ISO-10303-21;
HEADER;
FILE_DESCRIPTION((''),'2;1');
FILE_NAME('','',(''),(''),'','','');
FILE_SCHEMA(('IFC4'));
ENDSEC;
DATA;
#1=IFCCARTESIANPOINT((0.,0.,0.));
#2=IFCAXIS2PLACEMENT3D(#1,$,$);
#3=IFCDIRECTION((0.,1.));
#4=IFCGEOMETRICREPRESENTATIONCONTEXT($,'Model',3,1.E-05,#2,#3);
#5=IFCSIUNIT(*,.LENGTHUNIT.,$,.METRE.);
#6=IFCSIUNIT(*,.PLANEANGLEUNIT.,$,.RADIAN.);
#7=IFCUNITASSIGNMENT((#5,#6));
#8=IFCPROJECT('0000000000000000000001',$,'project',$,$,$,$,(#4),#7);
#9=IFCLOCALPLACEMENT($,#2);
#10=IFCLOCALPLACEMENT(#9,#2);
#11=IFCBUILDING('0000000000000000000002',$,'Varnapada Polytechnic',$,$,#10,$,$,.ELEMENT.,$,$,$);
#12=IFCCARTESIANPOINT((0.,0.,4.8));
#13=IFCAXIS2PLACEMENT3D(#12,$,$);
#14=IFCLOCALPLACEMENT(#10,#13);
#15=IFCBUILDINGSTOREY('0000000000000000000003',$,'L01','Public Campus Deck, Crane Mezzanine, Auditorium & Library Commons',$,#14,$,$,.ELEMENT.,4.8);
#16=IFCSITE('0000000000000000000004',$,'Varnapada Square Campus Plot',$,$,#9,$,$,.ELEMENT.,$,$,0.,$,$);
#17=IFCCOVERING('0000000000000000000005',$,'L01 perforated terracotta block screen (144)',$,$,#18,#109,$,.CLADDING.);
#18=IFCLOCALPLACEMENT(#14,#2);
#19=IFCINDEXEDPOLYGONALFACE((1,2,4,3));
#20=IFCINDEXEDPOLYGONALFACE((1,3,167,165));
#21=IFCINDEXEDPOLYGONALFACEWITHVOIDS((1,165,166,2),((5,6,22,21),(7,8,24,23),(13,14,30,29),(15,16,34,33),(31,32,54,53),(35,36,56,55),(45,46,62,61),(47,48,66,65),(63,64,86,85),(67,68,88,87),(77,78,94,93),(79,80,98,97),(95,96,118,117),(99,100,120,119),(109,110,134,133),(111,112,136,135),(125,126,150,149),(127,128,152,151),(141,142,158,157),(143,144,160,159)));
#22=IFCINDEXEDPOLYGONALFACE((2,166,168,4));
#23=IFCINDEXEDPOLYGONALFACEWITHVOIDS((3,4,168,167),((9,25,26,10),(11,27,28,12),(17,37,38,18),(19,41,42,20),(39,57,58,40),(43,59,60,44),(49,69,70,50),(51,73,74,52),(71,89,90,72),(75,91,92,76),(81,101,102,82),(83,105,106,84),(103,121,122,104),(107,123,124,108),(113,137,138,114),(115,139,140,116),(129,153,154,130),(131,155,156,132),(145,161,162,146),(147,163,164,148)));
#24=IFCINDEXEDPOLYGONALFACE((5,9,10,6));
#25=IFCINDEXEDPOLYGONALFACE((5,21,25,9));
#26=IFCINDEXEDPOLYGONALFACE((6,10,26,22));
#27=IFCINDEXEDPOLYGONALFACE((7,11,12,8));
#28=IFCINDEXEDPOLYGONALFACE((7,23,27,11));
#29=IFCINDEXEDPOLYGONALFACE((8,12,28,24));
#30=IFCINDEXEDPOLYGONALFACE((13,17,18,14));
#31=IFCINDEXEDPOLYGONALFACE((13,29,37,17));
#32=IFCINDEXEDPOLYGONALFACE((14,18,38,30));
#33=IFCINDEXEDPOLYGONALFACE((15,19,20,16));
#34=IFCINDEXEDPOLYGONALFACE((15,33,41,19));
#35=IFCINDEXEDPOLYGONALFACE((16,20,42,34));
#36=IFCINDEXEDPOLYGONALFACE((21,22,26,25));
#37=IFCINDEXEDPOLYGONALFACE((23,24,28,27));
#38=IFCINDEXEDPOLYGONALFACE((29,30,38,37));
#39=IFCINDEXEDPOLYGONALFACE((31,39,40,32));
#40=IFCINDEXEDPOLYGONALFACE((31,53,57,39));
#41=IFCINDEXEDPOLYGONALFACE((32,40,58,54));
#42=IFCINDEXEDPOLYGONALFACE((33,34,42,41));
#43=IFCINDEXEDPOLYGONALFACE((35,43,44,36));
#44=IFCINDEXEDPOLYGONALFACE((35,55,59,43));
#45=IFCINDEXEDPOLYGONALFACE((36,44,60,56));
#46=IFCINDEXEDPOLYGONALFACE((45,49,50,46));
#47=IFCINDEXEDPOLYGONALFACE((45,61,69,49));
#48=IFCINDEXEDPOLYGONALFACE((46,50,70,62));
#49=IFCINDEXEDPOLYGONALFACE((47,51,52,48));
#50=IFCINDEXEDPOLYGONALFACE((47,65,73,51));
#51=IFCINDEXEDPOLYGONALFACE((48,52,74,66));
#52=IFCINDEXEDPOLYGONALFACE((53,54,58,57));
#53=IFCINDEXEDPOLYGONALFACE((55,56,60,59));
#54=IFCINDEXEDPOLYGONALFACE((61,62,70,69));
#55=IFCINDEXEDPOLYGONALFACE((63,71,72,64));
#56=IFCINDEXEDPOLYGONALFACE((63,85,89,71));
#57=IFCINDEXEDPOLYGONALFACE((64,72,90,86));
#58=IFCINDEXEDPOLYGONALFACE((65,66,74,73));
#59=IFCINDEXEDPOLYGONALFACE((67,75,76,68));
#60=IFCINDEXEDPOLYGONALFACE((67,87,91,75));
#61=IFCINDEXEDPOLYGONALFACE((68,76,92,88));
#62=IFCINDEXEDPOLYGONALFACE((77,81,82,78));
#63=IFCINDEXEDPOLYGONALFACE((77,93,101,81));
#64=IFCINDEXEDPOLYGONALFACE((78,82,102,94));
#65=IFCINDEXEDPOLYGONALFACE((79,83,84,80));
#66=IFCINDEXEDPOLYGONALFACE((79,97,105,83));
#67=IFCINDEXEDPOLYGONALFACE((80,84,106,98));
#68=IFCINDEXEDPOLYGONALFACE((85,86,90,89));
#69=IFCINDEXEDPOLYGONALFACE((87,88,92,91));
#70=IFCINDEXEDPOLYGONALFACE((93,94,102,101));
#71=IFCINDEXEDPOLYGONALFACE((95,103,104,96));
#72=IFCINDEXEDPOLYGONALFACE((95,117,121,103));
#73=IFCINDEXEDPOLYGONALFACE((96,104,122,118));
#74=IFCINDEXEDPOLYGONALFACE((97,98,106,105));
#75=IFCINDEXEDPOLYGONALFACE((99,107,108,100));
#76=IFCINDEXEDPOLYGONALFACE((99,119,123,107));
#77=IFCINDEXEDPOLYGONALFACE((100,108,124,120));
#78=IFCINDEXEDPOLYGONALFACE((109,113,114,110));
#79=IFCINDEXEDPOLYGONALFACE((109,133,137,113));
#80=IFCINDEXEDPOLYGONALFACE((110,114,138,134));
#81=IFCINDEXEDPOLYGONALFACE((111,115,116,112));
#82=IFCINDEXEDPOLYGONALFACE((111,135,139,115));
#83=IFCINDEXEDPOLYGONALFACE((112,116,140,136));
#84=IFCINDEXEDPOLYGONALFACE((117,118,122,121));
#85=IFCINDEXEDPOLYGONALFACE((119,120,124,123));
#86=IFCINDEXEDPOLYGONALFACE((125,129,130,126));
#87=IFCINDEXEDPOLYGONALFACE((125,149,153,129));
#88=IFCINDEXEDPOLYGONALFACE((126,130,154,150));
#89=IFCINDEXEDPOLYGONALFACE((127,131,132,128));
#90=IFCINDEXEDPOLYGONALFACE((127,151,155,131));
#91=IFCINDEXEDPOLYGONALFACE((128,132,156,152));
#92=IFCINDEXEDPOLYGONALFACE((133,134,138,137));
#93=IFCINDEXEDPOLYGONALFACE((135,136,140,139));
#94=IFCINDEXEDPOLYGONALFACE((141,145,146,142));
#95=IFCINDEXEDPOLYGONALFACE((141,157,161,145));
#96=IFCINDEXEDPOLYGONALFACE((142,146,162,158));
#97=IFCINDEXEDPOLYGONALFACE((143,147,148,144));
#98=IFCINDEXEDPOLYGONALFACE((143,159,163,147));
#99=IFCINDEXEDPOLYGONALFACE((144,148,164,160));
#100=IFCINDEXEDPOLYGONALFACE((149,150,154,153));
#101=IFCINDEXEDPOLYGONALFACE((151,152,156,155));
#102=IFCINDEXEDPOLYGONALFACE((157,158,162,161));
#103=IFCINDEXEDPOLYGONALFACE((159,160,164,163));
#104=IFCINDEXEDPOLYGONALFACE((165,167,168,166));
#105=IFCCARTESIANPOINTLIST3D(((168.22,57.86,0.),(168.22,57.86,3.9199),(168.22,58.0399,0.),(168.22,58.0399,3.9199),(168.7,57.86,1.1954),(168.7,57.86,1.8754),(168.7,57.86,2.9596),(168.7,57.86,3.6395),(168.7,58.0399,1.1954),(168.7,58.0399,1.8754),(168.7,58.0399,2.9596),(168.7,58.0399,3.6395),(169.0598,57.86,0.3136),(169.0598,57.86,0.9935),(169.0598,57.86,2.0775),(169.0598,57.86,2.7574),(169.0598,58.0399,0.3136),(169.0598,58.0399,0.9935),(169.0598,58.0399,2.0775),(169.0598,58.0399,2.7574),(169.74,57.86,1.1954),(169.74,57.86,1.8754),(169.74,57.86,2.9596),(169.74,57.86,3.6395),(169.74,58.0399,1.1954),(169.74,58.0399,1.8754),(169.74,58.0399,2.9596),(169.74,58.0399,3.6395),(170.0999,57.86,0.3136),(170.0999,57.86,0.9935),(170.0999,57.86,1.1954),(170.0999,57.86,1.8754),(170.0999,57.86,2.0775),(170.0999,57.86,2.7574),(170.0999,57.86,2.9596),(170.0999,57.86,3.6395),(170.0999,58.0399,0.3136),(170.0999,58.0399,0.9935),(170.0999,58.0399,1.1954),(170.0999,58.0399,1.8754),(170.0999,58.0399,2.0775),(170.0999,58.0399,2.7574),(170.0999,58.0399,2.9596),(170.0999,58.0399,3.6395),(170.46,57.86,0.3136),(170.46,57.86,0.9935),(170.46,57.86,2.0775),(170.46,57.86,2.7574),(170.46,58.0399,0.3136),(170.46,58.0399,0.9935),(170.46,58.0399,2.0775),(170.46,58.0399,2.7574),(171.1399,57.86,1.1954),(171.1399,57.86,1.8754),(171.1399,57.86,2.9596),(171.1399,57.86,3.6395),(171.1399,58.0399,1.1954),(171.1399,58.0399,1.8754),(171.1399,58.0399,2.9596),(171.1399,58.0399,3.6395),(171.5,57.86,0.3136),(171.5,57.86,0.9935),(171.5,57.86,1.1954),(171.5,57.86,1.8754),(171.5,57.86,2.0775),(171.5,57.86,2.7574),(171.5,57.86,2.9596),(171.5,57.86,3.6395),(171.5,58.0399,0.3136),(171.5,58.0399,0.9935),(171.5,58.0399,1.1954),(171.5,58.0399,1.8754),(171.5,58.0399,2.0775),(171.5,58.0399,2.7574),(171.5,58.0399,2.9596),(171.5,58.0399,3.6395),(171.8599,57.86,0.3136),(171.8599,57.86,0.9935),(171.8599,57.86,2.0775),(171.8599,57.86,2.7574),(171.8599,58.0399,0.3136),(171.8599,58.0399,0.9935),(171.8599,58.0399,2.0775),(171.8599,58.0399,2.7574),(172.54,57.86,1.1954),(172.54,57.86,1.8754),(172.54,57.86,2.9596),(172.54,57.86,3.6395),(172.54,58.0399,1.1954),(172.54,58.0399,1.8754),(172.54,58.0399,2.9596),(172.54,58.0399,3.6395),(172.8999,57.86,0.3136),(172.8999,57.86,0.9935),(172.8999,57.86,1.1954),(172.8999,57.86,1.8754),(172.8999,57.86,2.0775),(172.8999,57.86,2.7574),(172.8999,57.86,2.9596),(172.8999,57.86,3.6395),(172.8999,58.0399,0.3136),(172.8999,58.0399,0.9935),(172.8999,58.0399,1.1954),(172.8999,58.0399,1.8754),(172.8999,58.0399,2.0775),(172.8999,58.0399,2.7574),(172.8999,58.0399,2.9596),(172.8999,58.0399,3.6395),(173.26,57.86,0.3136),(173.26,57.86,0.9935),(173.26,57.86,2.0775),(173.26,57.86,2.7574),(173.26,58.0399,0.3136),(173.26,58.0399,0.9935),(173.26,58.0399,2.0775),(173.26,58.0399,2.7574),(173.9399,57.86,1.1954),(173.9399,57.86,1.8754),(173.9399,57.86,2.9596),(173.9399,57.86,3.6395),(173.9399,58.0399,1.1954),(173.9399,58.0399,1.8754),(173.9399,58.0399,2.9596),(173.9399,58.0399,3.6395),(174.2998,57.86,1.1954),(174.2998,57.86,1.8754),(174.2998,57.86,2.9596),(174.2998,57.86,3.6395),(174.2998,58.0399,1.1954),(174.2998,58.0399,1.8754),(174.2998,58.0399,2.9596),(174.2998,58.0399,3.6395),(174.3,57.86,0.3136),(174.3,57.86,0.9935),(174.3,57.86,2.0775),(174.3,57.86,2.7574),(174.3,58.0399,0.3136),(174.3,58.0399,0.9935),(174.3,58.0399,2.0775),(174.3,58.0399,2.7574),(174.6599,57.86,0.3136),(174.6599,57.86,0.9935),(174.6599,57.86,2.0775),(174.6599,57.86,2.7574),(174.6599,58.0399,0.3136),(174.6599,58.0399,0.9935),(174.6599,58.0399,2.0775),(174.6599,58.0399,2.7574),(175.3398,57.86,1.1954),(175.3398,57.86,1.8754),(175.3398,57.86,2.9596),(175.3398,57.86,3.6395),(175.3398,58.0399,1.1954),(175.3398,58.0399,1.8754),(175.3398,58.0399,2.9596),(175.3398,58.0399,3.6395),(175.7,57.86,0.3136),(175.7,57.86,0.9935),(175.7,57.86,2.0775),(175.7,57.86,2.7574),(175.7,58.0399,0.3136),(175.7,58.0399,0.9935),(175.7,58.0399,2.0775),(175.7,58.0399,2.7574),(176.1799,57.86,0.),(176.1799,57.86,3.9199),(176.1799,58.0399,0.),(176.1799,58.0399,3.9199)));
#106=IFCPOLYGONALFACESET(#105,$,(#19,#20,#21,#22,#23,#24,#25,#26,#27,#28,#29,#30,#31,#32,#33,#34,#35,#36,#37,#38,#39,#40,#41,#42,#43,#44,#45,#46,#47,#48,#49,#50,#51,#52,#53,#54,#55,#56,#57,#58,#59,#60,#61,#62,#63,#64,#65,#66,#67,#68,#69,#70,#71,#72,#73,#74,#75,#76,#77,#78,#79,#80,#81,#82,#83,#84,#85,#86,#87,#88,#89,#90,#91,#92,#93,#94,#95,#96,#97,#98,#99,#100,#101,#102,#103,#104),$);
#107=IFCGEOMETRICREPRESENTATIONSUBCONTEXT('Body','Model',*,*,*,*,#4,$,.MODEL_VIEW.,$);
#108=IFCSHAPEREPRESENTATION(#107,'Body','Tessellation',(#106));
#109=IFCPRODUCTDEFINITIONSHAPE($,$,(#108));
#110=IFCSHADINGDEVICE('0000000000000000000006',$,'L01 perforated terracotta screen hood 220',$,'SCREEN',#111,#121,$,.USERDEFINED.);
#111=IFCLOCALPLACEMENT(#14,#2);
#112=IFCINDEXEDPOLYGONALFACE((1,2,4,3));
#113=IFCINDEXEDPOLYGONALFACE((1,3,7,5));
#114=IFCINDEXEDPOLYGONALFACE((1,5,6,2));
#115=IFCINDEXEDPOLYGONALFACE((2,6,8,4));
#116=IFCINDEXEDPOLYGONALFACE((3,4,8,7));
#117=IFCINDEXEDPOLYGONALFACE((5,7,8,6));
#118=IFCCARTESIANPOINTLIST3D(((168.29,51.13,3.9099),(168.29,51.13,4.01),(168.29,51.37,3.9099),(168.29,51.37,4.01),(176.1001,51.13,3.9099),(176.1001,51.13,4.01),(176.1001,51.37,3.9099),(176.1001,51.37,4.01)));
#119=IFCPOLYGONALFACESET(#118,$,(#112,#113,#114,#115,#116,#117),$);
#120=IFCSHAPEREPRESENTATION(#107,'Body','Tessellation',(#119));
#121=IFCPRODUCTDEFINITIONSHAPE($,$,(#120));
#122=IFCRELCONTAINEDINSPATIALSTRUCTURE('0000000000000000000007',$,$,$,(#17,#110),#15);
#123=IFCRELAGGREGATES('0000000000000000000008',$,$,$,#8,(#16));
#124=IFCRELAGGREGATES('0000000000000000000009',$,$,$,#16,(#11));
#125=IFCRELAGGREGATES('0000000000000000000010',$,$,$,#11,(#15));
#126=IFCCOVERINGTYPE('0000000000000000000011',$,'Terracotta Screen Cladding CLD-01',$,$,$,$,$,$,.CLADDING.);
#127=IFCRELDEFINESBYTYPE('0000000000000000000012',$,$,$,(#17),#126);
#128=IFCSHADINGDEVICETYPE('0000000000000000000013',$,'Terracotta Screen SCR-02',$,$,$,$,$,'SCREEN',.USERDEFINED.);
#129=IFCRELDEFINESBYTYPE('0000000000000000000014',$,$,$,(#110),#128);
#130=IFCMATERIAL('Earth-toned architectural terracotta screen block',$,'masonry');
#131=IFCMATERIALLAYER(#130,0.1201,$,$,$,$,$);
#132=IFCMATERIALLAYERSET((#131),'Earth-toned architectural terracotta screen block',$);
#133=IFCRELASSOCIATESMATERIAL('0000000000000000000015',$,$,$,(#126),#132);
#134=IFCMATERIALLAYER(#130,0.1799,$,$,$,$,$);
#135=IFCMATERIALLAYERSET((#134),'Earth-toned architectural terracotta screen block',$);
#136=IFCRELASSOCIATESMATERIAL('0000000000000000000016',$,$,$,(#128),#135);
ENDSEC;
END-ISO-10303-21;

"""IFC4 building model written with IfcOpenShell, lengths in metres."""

from ifc_helpers import new_model, si_unit, direction, frame, frame_2d, origin, origin_2d, place, context, subcontext, project, spatial, rectangle, extrude, material, layer, layer_set, type_object, element, save


model = new_model("IFC4")

# Units and contexts
model_context = context("Model", 3, precision=1e-05, world=origin(), true_north=direction((0.0, 1.0)))
body_context = subcontext(model_context, "Body", "Model", "MODEL_VIEW")
ifc_project = project(units=[si_unit("LENGTHUNIT", "METRE"), si_unit("PLANEANGLEUNIT", "RADIAN")], contexts=[model_context])

# Site, building, storey
site_placement = place(None, origin())
site = spatial("IfcSite", under=ifc_project, at=site_placement, Name="Varnapada Square Campus Plot", CompositionType="ELEMENT", RefElevation=0.0)
building_placement = place(site_placement, origin())
building = spatial("IfcBuilding", under=site, at=building_placement, Name="Varnapada Polytechnic", CompositionType="ELEMENT")
storey_placement = place(building_placement, frame((0.0, 0.0, 4.8)))
storey = spatial("IfcBuildingStorey", under=building, at=storey_placement, Name="L01", Description="Public Campus Deck, Crane Mezzanine, Auditorium & Library Commons", CompositionType="ELEMENT", Elevation=4.8)

# Covering, openings
ifc_material_1 = material(Name="Earth-toned architectural terracotta screen block", Category="masonry")
ifc_layer_1 = layer(ifc_material_1, 0.1201)
ifc_layer_set_1 = layer_set([ifc_layer_1], Name="Earth-toned architectural terracotta screen block")
covering_type = type_object("IfcCoveringType", Name="Terracotta Screen Cladding CLD-01", PredefinedType="CLADDING", material=ifc_layer_set_1)
covering_placement = place(storey_placement, frame((176.1799, 57.95, 0.0), z_axis=(0.0, 0.0, 1.0), x_axis=(-1.0, 0.0, 0.0)))
covering = element("IfcCovering", 1, at=covering_placement, inside=storey, type_object=covering_type, Name="L01 perforated terracotta block screen (144)", PredefinedType="CLADDING", context=body_context, shape_type="SweptSolid", body=[
    extrude(rectangle(XDim=7.96, YDim=0.1799, at=frame_2d((3.98, 0.0))), origin(), (0.0, 0.0, 1.0), 3.9199),
])
opening_1_placement = place(covering_placement, frame((0.48, 0.0, 0.3137)))
element("IfcOpeningElement", 2, at=opening_1_placement, cuts=covering, PredefinedType="OPENING", context=body_context, shape_type="SweptSolid", body=[
    extrude(rectangle(XDim=1.04, YDim=0.6799, at=frame_2d((0.52, 0.3398))), frame((0.0, 0.0999, 0.0), z_axis=(0.0, -1.0, 0.0), x_axis=(1.0, 0.0, 0.0)), (0.0, 0.0, 1.0), 0.2),
])
opening_2_placement = place(covering_placement, frame((1.8799, 0.0, 0.3137)))
element("IfcOpeningElement", 3, at=opening_2_placement, cuts=covering, PredefinedType="OPENING", context=body_context, shape_type="SweptSolid", body=[
    extrude(rectangle(XDim=1.04, YDim=0.6799, at=frame_2d((0.52, 0.3398))), frame((0.0, 0.0999, 0.0), z_axis=(0.0, -1.0, 0.0), x_axis=(1.0, 0.0, 0.0)), (0.0, 0.0, 1.0), 0.2),
])
opening_3_placement = place(covering_placement, frame((3.28, 0.0, 0.3137)))
element("IfcOpeningElement", 4, at=opening_3_placement, cuts=covering, PredefinedType="OPENING", context=body_context, shape_type="SweptSolid", body=[
    extrude(rectangle(XDim=1.04, YDim=0.6799, at=frame_2d((0.52, 0.3398))), frame((0.0, 0.0999, 0.0), z_axis=(0.0, -1.0, 0.0), x_axis=(1.0, 0.0, 0.0)), (0.0, 0.0, 1.0), 0.2),
])
opening_4_placement = place(covering_placement, frame((4.6799, 0.0, 0.3137)))
element("IfcOpeningElement", 5, at=opening_4_placement, cuts=covering, PredefinedType="OPENING", context=body_context, shape_type="SweptSolid", body=[
    extrude(rectangle(XDim=1.04, YDim=0.6799, at=frame_2d((0.52, 0.3398))), frame((0.0, 0.0999, 0.0), z_axis=(0.0, -1.0, 0.0), x_axis=(1.0, 0.0, 0.0)), (0.0, 0.0, 1.0), 0.2),
])
opening_5_placement = place(covering_placement, frame((6.0801, 0.0, 0.3137)))
element("IfcOpeningElement", 6, at=opening_5_placement, cuts=covering, PredefinedType="OPENING", context=body_context, shape_type="SweptSolid", body=[
    extrude(rectangle(XDim=1.04, YDim=0.6799, at=frame_2d((0.52, 0.3398))), frame((0.0, 0.0999, 0.0), z_axis=(0.0, -1.0, 0.0), x_axis=(1.0, 0.0, 0.0)), (0.0, 0.0, 1.0), 0.2),
])
opening_6_placement = place(covering_placement, frame((0.8401, 0.0, 1.1956)))
element("IfcOpeningElement", 7, at=opening_6_placement, cuts=covering, PredefinedType="OPENING", context=body_context, shape_type="SweptSolid", body=[
    extrude(rectangle(XDim=1.04, YDim=0.6799, at=frame_2d((0.52, 0.3398))), frame((0.0, 0.0999, 0.0), z_axis=(0.0, -1.0, 0.0), x_axis=(1.0, 0.0, 0.0)), (0.0, 0.0, 1.0), 0.2),
])
opening_7_placement = place(covering_placement, frame((2.24, 0.0, 1.1956)))
element("IfcOpeningElement", 8, at=opening_7_placement, cuts=covering, PredefinedType="OPENING", context=body_context, shape_type="SweptSolid", body=[
    extrude(rectangle(XDim=1.04, YDim=0.6799, at=frame_2d((0.52, 0.3398))), frame((0.0, 0.0999, 0.0), z_axis=(0.0, -1.0, 0.0), x_axis=(1.0, 0.0, 0.0)), (0.0, 0.0, 1.0), 0.2),
])
opening_8_placement = place(covering_placement, frame((3.6399, 0.0, 1.1956)))
element("IfcOpeningElement", 9, at=opening_8_placement, cuts=covering, PredefinedType="OPENING", context=body_context, shape_type="SweptSolid", body=[
    extrude(rectangle(XDim=1.04, YDim=0.6799, at=frame_2d((0.52, 0.3398))), frame((0.0, 0.0999, 0.0), z_axis=(0.0, -1.0, 0.0), x_axis=(1.0, 0.0, 0.0)), (0.0, 0.0, 1.0), 0.2),
])
opening_9_placement = place(covering_placement, frame((5.04, 0.0, 1.1956)))
element("IfcOpeningElement", 10, at=opening_9_placement, cuts=covering, PredefinedType="OPENING", context=body_context, shape_type="SweptSolid", body=[
    extrude(rectangle(XDim=1.04, YDim=0.6799, at=frame_2d((0.52, 0.3398))), frame((0.0, 0.0999, 0.0), z_axis=(0.0, -1.0, 0.0), x_axis=(1.0, 0.0, 0.0)), (0.0, 0.0, 1.0), 0.2),
])
opening_10_placement = place(covering_placement, frame((6.4399, 0.0, 1.1956)))
element("IfcOpeningElement", 11, at=opening_10_placement, cuts=covering, PredefinedType="OPENING", context=body_context, shape_type="SweptSolid", body=[
    extrude(rectangle(XDim=1.04, YDim=0.6799, at=frame_2d((0.52, 0.3398))), frame((0.0, 0.0999, 0.0), z_axis=(0.0, -1.0, 0.0), x_axis=(1.0, 0.0, 0.0)), (0.0, 0.0, 1.0), 0.2),
])
opening_11_placement = place(covering_placement, frame((0.48, 0.0, 2.0776)))
element("IfcOpeningElement", 12, at=opening_11_placement, cuts=covering, PredefinedType="OPENING", context=body_context, shape_type="SweptSolid", body=[
    extrude(rectangle(XDim=1.04, YDim=0.6799, at=frame_2d((0.52, 0.3398))), frame((0.0, 0.0999, 0.0), z_axis=(0.0, -1.0, 0.0), x_axis=(1.0, 0.0, 0.0)), (0.0, 0.0, 1.0), 0.2),
])
opening_12_placement = place(covering_placement, frame((1.8799, 0.0, 2.0776)))
element("IfcOpeningElement", 13, at=opening_12_placement, cuts=covering, PredefinedType="OPENING", context=body_context, shape_type="SweptSolid", body=[
    extrude(rectangle(XDim=1.04, YDim=0.6799, at=frame_2d((0.52, 0.3398))), frame((0.0, 0.0999, 0.0), z_axis=(0.0, -1.0, 0.0), x_axis=(1.0, 0.0, 0.0)), (0.0, 0.0, 1.0), 0.2),
])
opening_13_placement = place(covering_placement, frame((3.28, 0.0, 2.0776)))
element("IfcOpeningElement", 14, at=opening_13_placement, cuts=covering, PredefinedType="OPENING", context=body_context, shape_type="SweptSolid", body=[
    extrude(rectangle(XDim=1.04, YDim=0.6799, at=frame_2d((0.52, 0.3398))), frame((0.0, 0.0999, 0.0), z_axis=(0.0, -1.0, 0.0), x_axis=(1.0, 0.0, 0.0)), (0.0, 0.0, 1.0), 0.2),
])
opening_14_placement = place(covering_placement, frame((4.6799, 0.0, 2.0776)))
element("IfcOpeningElement", 15, at=opening_14_placement, cuts=covering, PredefinedType="OPENING", context=body_context, shape_type="SweptSolid", body=[
    extrude(rectangle(XDim=1.04, YDim=0.6799, at=frame_2d((0.52, 0.3398))), frame((0.0, 0.0999, 0.0), z_axis=(0.0, -1.0, 0.0), x_axis=(1.0, 0.0, 0.0)), (0.0, 0.0, 1.0), 0.2),
])
opening_15_placement = place(covering_placement, frame((6.0801, 0.0, 2.0776)))
element("IfcOpeningElement", 16, at=opening_15_placement, cuts=covering, PredefinedType="OPENING", context=body_context, shape_type="SweptSolid", body=[
    extrude(rectangle(XDim=1.04, YDim=0.6799, at=frame_2d((0.52, 0.3398))), frame((0.0, 0.0999, 0.0), z_axis=(0.0, -1.0, 0.0), x_axis=(1.0, 0.0, 0.0)), (0.0, 0.0, 1.0), 0.2),
])
opening_16_placement = place(covering_placement, frame((0.8401, 0.0, 2.9597)))
element("IfcOpeningElement", 17, at=opening_16_placement, cuts=covering, PredefinedType="OPENING", context=body_context, shape_type="SweptSolid", body=[
    extrude(rectangle(XDim=1.04, YDim=0.6799, at=frame_2d((0.52, 0.3398))), frame((0.0, 0.0999, 0.0), z_axis=(0.0, -1.0, 0.0), x_axis=(1.0, 0.0, 0.0)), (0.0, 0.0, 1.0), 0.2),
])
opening_17_placement = place(covering_placement, frame((2.24, 0.0, 2.9597)))
element("IfcOpeningElement", 18, at=opening_17_placement, cuts=covering, PredefinedType="OPENING", context=body_context, shape_type="SweptSolid", body=[
    extrude(rectangle(XDim=1.04, YDim=0.6799, at=frame_2d((0.52, 0.3398))), frame((0.0, 0.0999, 0.0), z_axis=(0.0, -1.0, 0.0), x_axis=(1.0, 0.0, 0.0)), (0.0, 0.0, 1.0), 0.2),
])
opening_18_placement = place(covering_placement, frame((3.6399, 0.0, 2.9597)))
element("IfcOpeningElement", 19, at=opening_18_placement, cuts=covering, PredefinedType="OPENING", context=body_context, shape_type="SweptSolid", body=[
    extrude(rectangle(XDim=1.04, YDim=0.6799, at=frame_2d((0.52, 0.3398))), frame((0.0, 0.0999, 0.0), z_axis=(0.0, -1.0, 0.0), x_axis=(1.0, 0.0, 0.0)), (0.0, 0.0, 1.0), 0.2),
])
opening_19_placement = place(covering_placement, frame((5.04, 0.0, 2.9597)))
element("IfcOpeningElement", 20, at=opening_19_placement, cuts=covering, PredefinedType="OPENING", context=body_context, shape_type="SweptSolid", body=[
    extrude(rectangle(XDim=1.04, YDim=0.6799, at=frame_2d((0.52, 0.3398))), frame((0.0, 0.0999, 0.0), z_axis=(0.0, -1.0, 0.0), x_axis=(1.0, 0.0, 0.0)), (0.0, 0.0, 1.0), 0.2),
])
opening_20_placement = place(covering_placement, frame((6.4399, 0.0, 2.9597)))
element("IfcOpeningElement", 21, at=opening_20_placement, cuts=covering, PredefinedType="OPENING", context=body_context, shape_type="SweptSolid", body=[
    extrude(rectangle(XDim=1.04, YDim=0.6799, at=frame_2d((0.52, 0.3398))), frame((0.0, 0.0999, 0.0), z_axis=(0.0, -1.0, 0.0), x_axis=(1.0, 0.0, 0.0)), (0.0, 0.0, 1.0), 0.2),
])

# Shading device
ifc_layer_2 = layer(ifc_material_1, 0.1799)
ifc_layer_set_2 = layer_set([ifc_layer_2], Name="Earth-toned architectural terracotta screen block")
shading_device_type = type_object("IfcShadingDeviceType", Name="Terracotta Screen SCR-02", ElementType="SCREEN", PredefinedType="USERDEFINED", material=ifc_layer_set_2)
shading_device_1_placement = place(storey_placement, frame((172.1951, 51.25, 3.9099), z_axis=(0.0, 0.0, 1.0), x_axis=(1.0, 0.0, 0.0)))
element("IfcShadingDevice", 22, at=shading_device_1_placement, inside=storey, type_object=shading_device_type, Name="L01 perforated terracotta screen hood 220", ObjectType="SCREEN", PredefinedType="USERDEFINED", context=body_context, shape_type="SweptSolid", body=[
    extrude(rectangle(XDim=7.8101, YDim=0.24, at=origin_2d()), origin(), (0.0, 0.0, 1.0), 0.1001),
])

save(model, "model.ifc")
